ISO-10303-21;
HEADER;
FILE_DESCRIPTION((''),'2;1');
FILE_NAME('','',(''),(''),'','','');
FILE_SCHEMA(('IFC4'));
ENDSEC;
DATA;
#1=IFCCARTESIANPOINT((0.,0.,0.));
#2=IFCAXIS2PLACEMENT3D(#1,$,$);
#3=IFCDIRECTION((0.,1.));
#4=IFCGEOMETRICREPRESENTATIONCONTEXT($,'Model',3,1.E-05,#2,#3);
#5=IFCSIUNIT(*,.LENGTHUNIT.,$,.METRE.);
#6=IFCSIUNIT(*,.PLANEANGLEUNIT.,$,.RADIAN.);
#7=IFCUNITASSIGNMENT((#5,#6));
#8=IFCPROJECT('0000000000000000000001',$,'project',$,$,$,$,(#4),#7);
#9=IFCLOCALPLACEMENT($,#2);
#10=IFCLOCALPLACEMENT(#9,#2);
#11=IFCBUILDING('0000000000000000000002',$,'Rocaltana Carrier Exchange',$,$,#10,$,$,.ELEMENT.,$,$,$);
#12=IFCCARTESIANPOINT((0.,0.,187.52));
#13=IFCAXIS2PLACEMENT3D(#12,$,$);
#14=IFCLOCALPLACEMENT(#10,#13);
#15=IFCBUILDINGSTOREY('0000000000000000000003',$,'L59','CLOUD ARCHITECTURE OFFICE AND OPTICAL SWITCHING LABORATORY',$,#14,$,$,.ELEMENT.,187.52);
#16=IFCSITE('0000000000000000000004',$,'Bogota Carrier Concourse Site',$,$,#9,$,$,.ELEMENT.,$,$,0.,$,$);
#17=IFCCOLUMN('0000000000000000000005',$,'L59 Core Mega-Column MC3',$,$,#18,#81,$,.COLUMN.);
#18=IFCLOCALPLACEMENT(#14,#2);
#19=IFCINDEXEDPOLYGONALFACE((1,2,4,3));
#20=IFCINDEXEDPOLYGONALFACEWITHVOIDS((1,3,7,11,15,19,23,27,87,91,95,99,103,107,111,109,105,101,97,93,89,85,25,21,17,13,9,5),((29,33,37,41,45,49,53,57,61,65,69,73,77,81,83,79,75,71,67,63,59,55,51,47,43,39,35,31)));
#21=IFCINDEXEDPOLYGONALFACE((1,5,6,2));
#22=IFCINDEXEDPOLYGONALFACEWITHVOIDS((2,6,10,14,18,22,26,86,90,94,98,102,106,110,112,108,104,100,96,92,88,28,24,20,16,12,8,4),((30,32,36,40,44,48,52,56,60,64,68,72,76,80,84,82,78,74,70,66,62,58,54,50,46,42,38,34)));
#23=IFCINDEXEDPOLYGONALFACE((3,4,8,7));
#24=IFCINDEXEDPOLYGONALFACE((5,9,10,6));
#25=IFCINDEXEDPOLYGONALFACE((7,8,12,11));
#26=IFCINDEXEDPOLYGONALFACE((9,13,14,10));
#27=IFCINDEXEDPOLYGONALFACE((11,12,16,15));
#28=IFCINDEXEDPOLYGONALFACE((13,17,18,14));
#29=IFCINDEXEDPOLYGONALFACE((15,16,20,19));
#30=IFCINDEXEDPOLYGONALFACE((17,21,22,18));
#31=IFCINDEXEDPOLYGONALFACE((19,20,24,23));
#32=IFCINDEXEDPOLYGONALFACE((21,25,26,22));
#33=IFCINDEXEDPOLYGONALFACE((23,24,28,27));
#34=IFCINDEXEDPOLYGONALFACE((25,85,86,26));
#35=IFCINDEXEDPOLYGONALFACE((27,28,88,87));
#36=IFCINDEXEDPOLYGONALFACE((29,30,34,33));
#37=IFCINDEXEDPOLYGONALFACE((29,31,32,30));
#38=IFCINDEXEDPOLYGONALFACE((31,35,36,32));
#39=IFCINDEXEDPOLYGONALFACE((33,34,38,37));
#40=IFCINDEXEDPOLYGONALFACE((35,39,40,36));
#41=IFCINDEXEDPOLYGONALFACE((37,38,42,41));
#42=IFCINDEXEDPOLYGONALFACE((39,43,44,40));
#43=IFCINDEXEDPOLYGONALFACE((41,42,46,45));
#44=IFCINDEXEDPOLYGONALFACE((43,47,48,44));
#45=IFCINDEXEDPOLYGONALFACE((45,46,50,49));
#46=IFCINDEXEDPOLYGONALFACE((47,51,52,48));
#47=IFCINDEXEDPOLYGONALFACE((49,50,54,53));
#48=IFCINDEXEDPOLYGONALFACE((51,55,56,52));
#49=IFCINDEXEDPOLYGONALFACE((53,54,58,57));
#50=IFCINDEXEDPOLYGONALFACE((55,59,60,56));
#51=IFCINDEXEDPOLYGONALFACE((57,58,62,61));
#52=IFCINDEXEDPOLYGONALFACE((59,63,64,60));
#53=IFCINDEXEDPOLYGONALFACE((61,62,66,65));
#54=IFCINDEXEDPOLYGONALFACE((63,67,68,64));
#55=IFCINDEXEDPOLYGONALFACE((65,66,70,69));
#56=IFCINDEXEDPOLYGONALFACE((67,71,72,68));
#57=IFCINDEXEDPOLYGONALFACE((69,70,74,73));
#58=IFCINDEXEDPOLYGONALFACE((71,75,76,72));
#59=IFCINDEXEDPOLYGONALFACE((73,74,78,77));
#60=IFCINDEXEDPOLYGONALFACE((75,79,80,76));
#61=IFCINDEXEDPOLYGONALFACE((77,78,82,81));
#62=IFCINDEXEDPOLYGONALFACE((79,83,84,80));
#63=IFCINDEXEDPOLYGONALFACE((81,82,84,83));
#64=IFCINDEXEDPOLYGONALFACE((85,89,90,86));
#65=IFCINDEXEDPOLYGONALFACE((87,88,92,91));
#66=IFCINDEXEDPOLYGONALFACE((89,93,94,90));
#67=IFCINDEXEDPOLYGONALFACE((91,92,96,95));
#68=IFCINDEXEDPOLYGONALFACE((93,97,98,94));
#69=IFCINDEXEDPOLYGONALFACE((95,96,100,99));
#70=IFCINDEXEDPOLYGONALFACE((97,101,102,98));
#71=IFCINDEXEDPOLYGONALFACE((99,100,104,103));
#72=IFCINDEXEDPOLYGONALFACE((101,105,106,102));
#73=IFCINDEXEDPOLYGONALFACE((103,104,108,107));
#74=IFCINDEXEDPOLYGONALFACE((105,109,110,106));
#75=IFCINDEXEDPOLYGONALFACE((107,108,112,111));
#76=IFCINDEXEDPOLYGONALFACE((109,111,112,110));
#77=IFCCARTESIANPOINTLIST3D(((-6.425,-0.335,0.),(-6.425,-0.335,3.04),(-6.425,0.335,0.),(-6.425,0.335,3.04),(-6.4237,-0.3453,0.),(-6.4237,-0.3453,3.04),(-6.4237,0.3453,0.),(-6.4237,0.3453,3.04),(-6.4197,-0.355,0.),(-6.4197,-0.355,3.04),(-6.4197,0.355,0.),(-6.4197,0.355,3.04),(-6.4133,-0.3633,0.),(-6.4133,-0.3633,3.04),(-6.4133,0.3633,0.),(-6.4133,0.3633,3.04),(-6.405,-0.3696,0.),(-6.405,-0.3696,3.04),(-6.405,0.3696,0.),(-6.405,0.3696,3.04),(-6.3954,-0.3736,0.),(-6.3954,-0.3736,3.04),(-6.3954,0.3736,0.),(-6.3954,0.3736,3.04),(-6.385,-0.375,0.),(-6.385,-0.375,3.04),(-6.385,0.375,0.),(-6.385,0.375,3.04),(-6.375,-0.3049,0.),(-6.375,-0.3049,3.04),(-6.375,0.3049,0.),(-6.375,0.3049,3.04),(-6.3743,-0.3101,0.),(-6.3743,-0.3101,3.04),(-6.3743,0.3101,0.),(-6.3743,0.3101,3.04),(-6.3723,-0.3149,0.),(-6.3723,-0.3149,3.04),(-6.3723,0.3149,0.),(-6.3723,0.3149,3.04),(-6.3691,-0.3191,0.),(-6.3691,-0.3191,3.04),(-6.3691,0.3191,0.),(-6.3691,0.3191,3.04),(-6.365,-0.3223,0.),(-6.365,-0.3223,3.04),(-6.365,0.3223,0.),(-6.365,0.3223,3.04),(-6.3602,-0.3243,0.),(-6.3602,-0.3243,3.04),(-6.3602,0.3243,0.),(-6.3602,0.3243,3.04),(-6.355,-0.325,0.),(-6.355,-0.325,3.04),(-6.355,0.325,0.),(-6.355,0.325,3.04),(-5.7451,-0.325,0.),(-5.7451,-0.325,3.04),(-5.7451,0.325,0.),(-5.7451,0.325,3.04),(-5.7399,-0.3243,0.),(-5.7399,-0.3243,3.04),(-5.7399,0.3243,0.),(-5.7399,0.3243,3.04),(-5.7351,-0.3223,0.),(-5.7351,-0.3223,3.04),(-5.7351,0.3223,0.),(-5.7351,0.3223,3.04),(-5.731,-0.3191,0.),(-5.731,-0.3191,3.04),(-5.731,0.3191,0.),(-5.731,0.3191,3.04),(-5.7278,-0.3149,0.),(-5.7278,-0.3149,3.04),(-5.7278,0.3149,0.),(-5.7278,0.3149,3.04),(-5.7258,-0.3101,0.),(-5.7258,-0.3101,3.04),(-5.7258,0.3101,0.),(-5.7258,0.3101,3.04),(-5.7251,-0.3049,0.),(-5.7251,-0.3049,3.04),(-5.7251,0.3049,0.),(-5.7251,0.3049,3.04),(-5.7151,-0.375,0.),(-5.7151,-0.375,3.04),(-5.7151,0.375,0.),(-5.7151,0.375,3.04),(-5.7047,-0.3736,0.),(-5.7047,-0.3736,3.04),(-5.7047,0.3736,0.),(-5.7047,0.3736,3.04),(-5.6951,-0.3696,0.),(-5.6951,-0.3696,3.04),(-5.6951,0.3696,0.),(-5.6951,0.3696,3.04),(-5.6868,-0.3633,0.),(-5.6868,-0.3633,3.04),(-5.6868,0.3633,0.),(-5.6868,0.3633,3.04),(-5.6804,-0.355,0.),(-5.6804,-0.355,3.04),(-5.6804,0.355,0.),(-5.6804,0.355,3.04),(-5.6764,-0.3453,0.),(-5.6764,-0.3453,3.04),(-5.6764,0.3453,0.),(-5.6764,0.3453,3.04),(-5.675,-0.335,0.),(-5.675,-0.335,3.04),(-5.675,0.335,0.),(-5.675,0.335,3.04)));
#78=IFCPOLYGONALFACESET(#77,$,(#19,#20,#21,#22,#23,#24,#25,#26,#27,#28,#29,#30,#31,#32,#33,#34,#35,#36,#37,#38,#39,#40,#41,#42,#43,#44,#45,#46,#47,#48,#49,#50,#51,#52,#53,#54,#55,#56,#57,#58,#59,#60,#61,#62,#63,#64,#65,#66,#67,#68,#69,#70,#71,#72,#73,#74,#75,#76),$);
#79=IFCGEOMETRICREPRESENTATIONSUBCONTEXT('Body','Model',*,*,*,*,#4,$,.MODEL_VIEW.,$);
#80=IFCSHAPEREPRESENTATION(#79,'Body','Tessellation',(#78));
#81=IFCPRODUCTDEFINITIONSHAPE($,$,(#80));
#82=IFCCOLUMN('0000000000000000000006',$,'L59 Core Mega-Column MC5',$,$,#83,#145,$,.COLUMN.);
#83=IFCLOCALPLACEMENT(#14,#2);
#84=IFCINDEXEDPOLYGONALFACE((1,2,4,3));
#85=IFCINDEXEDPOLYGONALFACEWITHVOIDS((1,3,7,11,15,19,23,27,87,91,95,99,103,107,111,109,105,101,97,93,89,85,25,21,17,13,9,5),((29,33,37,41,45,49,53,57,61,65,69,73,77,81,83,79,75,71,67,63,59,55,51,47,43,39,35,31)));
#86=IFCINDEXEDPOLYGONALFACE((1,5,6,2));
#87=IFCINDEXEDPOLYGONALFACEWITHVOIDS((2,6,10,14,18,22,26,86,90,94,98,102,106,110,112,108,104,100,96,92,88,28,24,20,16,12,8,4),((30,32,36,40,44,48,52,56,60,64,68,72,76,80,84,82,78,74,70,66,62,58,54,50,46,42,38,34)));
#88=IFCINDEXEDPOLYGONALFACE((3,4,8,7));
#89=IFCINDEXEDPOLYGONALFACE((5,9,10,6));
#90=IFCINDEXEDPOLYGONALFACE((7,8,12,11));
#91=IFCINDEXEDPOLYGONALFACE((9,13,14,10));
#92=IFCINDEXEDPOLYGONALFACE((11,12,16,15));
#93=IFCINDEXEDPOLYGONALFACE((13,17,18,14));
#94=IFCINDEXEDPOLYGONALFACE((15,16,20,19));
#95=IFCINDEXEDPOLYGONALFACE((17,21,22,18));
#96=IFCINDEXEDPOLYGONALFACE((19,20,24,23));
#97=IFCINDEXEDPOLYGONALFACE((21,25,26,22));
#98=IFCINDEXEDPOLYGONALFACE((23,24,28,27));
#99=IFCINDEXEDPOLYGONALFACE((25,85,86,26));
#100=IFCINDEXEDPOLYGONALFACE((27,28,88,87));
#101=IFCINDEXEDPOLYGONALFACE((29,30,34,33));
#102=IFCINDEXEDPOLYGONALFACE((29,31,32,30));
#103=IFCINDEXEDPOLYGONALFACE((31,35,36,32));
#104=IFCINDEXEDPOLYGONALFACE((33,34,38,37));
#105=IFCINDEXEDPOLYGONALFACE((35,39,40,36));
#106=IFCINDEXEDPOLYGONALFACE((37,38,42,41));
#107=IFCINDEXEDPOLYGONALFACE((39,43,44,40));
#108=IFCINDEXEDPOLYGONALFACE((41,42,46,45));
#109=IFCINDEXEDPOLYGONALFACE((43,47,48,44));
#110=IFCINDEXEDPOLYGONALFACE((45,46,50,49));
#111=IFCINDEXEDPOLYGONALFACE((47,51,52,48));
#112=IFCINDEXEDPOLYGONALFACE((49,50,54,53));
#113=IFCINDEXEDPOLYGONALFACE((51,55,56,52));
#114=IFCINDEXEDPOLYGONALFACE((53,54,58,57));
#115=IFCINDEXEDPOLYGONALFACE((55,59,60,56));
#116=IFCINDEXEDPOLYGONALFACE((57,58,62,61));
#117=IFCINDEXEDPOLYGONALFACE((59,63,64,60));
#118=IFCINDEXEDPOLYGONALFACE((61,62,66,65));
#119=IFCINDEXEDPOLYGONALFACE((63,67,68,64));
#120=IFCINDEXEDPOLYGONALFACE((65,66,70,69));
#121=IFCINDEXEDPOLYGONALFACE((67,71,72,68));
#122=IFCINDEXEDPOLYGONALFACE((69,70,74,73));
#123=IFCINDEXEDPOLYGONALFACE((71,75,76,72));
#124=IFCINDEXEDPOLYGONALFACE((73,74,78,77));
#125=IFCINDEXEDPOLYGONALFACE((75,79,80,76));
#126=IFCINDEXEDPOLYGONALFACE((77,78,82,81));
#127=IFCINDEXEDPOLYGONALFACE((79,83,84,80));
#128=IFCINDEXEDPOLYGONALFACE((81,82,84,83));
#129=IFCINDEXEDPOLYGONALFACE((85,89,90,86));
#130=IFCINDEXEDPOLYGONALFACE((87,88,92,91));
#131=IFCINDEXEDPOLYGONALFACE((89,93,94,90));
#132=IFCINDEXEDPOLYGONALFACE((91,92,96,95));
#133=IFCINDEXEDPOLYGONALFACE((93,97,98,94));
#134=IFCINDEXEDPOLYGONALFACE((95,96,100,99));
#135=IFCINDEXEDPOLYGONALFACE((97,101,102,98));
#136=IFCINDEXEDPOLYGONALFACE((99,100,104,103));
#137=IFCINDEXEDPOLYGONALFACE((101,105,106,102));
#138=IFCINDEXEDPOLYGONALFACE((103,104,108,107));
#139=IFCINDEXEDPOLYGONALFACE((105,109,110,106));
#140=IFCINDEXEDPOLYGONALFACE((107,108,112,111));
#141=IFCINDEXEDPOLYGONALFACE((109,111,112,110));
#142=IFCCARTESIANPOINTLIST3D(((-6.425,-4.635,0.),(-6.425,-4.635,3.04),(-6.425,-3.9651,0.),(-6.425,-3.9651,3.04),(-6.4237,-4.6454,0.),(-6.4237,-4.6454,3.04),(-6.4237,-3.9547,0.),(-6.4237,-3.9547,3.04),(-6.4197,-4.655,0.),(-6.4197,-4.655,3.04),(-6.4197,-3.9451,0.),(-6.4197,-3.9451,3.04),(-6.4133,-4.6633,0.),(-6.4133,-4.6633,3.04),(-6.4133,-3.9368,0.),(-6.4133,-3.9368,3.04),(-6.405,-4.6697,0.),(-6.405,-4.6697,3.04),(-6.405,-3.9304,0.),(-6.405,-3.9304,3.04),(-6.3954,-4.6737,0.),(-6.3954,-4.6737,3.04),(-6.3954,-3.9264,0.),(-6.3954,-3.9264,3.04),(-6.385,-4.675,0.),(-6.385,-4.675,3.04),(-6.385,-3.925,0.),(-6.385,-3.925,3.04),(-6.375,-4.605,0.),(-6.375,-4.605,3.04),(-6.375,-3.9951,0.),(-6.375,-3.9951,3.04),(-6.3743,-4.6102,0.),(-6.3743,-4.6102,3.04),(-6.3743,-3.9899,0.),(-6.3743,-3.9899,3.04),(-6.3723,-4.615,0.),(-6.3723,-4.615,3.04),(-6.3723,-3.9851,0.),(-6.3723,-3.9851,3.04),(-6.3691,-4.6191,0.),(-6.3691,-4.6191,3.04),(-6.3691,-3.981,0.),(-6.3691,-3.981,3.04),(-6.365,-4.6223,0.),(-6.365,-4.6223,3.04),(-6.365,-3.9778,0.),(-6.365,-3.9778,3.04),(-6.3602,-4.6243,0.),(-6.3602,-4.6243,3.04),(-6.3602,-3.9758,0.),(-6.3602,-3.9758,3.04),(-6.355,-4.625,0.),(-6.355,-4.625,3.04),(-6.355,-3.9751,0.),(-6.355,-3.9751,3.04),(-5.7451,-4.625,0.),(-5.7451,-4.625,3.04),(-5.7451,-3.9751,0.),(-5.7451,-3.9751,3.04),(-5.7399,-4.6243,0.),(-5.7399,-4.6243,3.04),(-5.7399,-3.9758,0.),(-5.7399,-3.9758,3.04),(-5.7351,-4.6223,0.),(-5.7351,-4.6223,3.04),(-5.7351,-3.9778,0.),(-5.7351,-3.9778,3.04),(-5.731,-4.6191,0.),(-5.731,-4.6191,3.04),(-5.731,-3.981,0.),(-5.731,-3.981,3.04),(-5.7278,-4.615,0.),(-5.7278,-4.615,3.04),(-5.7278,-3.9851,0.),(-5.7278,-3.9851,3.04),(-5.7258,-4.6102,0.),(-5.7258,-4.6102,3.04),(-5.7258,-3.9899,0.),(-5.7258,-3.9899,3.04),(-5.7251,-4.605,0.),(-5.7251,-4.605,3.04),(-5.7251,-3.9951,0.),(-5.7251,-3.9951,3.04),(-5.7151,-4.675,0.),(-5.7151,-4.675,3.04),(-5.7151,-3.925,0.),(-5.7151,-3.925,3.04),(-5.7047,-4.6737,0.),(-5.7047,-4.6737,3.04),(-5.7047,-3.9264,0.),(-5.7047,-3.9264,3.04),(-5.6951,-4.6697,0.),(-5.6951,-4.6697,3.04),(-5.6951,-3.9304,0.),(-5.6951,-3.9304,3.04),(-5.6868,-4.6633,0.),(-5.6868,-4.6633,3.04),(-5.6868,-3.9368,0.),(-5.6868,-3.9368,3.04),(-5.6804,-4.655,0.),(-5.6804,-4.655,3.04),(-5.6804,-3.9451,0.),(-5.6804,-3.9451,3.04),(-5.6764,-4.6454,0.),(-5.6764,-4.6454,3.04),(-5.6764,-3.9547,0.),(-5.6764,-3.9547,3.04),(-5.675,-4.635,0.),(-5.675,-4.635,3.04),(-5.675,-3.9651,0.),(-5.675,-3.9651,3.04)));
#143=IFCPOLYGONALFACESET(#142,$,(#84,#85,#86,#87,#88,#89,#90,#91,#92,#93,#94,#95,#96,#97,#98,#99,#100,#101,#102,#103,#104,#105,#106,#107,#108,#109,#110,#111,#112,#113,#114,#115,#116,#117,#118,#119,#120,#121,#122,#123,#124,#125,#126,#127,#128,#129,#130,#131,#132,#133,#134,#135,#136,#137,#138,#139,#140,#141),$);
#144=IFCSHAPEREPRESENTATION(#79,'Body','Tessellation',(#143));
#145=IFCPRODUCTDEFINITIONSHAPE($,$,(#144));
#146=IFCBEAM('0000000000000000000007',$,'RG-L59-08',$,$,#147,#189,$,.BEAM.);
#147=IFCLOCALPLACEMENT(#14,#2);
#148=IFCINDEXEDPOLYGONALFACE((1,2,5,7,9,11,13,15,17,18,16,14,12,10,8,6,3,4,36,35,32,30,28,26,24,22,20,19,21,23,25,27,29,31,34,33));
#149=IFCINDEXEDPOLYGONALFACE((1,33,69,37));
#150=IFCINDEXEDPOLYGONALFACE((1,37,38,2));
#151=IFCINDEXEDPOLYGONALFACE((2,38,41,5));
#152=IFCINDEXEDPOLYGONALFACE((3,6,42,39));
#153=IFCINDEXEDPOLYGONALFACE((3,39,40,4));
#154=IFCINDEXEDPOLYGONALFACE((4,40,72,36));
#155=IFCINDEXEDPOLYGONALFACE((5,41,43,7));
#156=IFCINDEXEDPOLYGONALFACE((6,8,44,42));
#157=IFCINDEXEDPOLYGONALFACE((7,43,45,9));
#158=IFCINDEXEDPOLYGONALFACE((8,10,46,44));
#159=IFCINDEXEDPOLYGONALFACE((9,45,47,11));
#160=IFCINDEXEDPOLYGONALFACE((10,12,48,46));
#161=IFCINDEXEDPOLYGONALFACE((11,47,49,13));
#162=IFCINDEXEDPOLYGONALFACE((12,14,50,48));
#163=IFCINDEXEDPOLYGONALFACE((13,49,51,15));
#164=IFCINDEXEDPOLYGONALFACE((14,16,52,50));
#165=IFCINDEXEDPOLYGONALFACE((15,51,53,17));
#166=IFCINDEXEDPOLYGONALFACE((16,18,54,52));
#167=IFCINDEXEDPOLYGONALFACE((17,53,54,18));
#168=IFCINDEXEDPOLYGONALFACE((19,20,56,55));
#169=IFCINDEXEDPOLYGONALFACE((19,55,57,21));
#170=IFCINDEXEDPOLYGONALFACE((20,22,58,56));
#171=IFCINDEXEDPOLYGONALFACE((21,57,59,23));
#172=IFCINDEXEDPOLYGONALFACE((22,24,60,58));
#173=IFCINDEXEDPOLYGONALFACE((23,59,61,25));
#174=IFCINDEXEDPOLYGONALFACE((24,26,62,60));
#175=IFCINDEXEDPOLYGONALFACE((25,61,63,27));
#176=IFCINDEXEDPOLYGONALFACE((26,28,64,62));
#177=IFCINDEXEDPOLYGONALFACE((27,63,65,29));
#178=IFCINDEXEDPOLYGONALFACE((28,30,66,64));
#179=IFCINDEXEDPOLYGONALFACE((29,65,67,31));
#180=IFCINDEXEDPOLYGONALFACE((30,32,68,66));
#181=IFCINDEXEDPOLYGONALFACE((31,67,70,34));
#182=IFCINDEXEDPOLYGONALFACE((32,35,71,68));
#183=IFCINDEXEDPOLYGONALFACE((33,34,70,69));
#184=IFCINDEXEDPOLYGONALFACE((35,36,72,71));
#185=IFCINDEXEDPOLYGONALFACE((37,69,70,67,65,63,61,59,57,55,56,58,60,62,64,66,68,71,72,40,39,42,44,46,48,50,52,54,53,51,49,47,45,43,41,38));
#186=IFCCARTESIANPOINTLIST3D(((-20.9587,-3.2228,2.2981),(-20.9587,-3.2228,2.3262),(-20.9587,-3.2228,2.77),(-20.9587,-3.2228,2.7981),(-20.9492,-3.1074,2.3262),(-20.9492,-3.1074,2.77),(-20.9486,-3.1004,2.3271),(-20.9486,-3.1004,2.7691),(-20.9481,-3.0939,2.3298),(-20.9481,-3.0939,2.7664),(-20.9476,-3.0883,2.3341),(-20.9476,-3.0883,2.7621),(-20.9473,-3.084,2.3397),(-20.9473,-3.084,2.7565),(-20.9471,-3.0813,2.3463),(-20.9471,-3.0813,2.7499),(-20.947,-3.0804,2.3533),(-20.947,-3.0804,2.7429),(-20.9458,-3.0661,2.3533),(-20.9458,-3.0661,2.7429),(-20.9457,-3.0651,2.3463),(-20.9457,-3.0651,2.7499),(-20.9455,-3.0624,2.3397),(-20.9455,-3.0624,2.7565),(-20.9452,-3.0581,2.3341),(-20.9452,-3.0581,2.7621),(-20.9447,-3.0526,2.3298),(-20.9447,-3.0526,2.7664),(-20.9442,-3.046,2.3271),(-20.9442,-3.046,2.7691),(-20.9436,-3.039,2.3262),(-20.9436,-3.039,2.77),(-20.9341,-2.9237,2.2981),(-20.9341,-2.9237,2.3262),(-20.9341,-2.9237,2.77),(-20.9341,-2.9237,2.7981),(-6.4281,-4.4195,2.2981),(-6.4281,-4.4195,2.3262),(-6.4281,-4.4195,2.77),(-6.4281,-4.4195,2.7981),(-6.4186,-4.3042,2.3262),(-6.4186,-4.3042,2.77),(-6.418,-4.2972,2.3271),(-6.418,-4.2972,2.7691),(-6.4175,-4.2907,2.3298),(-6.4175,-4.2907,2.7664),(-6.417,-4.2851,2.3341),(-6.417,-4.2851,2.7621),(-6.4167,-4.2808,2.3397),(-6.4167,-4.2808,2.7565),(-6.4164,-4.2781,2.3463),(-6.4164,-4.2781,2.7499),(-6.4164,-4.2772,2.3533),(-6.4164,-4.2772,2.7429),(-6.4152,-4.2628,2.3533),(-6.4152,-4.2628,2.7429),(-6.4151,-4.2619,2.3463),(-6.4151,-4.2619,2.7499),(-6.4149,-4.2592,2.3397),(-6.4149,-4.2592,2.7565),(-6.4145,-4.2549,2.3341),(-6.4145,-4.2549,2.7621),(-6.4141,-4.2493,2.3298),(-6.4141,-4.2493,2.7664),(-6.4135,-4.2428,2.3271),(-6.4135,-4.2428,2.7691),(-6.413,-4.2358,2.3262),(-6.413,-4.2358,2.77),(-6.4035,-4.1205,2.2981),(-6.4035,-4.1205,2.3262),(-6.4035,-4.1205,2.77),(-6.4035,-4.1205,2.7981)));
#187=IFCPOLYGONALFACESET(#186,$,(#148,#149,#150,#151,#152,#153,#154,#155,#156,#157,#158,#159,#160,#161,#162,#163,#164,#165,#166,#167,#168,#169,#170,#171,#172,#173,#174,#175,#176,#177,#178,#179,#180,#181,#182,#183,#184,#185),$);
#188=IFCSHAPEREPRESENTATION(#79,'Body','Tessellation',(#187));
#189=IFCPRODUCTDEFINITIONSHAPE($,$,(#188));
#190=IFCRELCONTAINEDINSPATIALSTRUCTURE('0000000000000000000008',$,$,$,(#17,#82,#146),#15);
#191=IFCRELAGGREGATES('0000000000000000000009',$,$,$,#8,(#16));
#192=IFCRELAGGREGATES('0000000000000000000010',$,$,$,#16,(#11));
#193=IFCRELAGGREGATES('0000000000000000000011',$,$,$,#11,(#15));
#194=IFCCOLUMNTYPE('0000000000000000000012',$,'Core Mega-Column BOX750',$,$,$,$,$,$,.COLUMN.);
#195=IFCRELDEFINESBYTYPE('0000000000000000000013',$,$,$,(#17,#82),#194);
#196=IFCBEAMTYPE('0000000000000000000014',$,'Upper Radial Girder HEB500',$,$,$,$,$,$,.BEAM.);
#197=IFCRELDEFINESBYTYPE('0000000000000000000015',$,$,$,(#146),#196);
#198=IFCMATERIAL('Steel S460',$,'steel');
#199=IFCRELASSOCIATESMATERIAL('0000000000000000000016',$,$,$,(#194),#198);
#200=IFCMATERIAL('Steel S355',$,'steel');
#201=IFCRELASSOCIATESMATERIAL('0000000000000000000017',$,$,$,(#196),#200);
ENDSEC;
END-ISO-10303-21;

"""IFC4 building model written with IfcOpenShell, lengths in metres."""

from ifc_helpers import new_model, si_unit, direction, frame, origin, origin_2d, place, context, subcontext, project, spatial, hollow_rectangle, i_section, extrude, material, material_profile, profile_set, type_object, element, save


model = new_model("IFC4")

# Units and contexts
model_context = context("Model", 3, precision=1e-05, world=origin(), true_north=direction((0.0, 1.0)))
body_context = subcontext(model_context, "Body", "Model", "MODEL_VIEW")
ifc_project = project(units=[si_unit("LENGTHUNIT", "METRE"), si_unit("PLANEANGLEUNIT", "RADIAN")], contexts=[model_context])

# Site, building, storey
site_placement = place(None, origin())
site = spatial("IfcSite", under=ifc_project, at=site_placement, Name="Bogota Carrier Concourse Site", CompositionType="ELEMENT", RefElevation=0.0)
building_placement = place(site_placement, origin())
building = spatial("IfcBuilding", under=site, at=building_placement, Name="Rocaltana Carrier Exchange", CompositionType="ELEMENT")
storey_placement = place(building_placement, frame((0.0, 0.0, 187.52)))
storey = spatial("IfcBuildingStorey", under=building, at=storey_placement, Name="L59", Description="CLOUD ARCHITECTURE OFFICE AND OPTICAL SWITCHING LABORATORY", CompositionType="ELEMENT", Elevation=187.52)

# Columns
ifc_material_1 = material(Name="Steel S460", Category="steel")
ifc_material_profile_1 = material_profile(ifc_material_1, hollow_rectangle(XDim=0.75, YDim=0.75, WallThickness=0.05, InnerFilletRadius=0.02, OuterFilletRadius=0.04, at=origin_2d()), Name="BOX750X750X50")
ifc_profile_set_1 = profile_set([ifc_material_profile_1], Name="Steel S460")
column_type = type_object("IfcColumnType", Name="Core Mega-Column BOX750", PredefinedType="COLUMN", material=ifc_profile_set_1)
for number, where, z_axis, x_axis, name in (
    (1, (-6.05, 0.0, 0.0), (0.0, 0.0, 1.0), (1.0, 0.0, 0.0), "L59 Core Mega-Column MC3"),
    (2, (-6.05, -4.3, 0.0), (0.0, 0.0, 1.0), (1.0, 0.0, 0.0), "L59 Core Mega-Column MC5"),
):
    element("IfcColumn", number, at=place(storey_placement, frame(where, z_axis=z_axis, x_axis=x_axis)), inside=storey, type_object=column_type, Name=name, PredefinedType="COLUMN", context=body_context, shape_type="SweptSolid", body=[
        extrude(hollow_rectangle(XDim=0.75, YDim=0.75, WallThickness=0.05, InnerFilletRadius=0.02, OuterFilletRadius=0.04, at=origin_2d()), origin(), (0.0, 0.0, 1.0), 3.04),
    ])

# Beam
ifc_material_2 = material(Name="Steel S355", Category="steel")
ifc_material_profile_2 = material_profile(ifc_material_2, i_section(OverallWidth=0.3, OverallDepth=0.5, WebThickness=0.0144, FlangeThickness=0.0281, FilletRadius=0.0271, at=origin_2d()), Name="HEB500")
ifc_profile_set_2 = profile_set([ifc_material_profile_2], Name="Steel S355")
beam_type = type_object("IfcBeamType", Name="Upper Radial Girder HEB500", PredefinedType="BEAM", material=ifc_profile_set_2)
beam_placement = place(storey_placement, frame((-6.4158, -4.27, 2.5481), z_axis=(-0.996625, 0.082085, 0.0), x_axis=(-0.082085, -0.996625, 0.0)))
element("IfcBeam", 3, at=beam_placement, inside=storey, type_object=beam_type, Name="RG-L59-08", PredefinedType="BEAM", context=body_context, shape_type="SweptSolid", body=[
    extrude(i_section(OverallWidth=0.3, OverallDepth=0.5, WebThickness=0.0144, FlangeThickness=0.0281, FilletRadius=0.0271, at=origin_2d()), origin(), (0.0, 0.0, 1.0), 14.5798),
])

save(model, "model.ifc")
